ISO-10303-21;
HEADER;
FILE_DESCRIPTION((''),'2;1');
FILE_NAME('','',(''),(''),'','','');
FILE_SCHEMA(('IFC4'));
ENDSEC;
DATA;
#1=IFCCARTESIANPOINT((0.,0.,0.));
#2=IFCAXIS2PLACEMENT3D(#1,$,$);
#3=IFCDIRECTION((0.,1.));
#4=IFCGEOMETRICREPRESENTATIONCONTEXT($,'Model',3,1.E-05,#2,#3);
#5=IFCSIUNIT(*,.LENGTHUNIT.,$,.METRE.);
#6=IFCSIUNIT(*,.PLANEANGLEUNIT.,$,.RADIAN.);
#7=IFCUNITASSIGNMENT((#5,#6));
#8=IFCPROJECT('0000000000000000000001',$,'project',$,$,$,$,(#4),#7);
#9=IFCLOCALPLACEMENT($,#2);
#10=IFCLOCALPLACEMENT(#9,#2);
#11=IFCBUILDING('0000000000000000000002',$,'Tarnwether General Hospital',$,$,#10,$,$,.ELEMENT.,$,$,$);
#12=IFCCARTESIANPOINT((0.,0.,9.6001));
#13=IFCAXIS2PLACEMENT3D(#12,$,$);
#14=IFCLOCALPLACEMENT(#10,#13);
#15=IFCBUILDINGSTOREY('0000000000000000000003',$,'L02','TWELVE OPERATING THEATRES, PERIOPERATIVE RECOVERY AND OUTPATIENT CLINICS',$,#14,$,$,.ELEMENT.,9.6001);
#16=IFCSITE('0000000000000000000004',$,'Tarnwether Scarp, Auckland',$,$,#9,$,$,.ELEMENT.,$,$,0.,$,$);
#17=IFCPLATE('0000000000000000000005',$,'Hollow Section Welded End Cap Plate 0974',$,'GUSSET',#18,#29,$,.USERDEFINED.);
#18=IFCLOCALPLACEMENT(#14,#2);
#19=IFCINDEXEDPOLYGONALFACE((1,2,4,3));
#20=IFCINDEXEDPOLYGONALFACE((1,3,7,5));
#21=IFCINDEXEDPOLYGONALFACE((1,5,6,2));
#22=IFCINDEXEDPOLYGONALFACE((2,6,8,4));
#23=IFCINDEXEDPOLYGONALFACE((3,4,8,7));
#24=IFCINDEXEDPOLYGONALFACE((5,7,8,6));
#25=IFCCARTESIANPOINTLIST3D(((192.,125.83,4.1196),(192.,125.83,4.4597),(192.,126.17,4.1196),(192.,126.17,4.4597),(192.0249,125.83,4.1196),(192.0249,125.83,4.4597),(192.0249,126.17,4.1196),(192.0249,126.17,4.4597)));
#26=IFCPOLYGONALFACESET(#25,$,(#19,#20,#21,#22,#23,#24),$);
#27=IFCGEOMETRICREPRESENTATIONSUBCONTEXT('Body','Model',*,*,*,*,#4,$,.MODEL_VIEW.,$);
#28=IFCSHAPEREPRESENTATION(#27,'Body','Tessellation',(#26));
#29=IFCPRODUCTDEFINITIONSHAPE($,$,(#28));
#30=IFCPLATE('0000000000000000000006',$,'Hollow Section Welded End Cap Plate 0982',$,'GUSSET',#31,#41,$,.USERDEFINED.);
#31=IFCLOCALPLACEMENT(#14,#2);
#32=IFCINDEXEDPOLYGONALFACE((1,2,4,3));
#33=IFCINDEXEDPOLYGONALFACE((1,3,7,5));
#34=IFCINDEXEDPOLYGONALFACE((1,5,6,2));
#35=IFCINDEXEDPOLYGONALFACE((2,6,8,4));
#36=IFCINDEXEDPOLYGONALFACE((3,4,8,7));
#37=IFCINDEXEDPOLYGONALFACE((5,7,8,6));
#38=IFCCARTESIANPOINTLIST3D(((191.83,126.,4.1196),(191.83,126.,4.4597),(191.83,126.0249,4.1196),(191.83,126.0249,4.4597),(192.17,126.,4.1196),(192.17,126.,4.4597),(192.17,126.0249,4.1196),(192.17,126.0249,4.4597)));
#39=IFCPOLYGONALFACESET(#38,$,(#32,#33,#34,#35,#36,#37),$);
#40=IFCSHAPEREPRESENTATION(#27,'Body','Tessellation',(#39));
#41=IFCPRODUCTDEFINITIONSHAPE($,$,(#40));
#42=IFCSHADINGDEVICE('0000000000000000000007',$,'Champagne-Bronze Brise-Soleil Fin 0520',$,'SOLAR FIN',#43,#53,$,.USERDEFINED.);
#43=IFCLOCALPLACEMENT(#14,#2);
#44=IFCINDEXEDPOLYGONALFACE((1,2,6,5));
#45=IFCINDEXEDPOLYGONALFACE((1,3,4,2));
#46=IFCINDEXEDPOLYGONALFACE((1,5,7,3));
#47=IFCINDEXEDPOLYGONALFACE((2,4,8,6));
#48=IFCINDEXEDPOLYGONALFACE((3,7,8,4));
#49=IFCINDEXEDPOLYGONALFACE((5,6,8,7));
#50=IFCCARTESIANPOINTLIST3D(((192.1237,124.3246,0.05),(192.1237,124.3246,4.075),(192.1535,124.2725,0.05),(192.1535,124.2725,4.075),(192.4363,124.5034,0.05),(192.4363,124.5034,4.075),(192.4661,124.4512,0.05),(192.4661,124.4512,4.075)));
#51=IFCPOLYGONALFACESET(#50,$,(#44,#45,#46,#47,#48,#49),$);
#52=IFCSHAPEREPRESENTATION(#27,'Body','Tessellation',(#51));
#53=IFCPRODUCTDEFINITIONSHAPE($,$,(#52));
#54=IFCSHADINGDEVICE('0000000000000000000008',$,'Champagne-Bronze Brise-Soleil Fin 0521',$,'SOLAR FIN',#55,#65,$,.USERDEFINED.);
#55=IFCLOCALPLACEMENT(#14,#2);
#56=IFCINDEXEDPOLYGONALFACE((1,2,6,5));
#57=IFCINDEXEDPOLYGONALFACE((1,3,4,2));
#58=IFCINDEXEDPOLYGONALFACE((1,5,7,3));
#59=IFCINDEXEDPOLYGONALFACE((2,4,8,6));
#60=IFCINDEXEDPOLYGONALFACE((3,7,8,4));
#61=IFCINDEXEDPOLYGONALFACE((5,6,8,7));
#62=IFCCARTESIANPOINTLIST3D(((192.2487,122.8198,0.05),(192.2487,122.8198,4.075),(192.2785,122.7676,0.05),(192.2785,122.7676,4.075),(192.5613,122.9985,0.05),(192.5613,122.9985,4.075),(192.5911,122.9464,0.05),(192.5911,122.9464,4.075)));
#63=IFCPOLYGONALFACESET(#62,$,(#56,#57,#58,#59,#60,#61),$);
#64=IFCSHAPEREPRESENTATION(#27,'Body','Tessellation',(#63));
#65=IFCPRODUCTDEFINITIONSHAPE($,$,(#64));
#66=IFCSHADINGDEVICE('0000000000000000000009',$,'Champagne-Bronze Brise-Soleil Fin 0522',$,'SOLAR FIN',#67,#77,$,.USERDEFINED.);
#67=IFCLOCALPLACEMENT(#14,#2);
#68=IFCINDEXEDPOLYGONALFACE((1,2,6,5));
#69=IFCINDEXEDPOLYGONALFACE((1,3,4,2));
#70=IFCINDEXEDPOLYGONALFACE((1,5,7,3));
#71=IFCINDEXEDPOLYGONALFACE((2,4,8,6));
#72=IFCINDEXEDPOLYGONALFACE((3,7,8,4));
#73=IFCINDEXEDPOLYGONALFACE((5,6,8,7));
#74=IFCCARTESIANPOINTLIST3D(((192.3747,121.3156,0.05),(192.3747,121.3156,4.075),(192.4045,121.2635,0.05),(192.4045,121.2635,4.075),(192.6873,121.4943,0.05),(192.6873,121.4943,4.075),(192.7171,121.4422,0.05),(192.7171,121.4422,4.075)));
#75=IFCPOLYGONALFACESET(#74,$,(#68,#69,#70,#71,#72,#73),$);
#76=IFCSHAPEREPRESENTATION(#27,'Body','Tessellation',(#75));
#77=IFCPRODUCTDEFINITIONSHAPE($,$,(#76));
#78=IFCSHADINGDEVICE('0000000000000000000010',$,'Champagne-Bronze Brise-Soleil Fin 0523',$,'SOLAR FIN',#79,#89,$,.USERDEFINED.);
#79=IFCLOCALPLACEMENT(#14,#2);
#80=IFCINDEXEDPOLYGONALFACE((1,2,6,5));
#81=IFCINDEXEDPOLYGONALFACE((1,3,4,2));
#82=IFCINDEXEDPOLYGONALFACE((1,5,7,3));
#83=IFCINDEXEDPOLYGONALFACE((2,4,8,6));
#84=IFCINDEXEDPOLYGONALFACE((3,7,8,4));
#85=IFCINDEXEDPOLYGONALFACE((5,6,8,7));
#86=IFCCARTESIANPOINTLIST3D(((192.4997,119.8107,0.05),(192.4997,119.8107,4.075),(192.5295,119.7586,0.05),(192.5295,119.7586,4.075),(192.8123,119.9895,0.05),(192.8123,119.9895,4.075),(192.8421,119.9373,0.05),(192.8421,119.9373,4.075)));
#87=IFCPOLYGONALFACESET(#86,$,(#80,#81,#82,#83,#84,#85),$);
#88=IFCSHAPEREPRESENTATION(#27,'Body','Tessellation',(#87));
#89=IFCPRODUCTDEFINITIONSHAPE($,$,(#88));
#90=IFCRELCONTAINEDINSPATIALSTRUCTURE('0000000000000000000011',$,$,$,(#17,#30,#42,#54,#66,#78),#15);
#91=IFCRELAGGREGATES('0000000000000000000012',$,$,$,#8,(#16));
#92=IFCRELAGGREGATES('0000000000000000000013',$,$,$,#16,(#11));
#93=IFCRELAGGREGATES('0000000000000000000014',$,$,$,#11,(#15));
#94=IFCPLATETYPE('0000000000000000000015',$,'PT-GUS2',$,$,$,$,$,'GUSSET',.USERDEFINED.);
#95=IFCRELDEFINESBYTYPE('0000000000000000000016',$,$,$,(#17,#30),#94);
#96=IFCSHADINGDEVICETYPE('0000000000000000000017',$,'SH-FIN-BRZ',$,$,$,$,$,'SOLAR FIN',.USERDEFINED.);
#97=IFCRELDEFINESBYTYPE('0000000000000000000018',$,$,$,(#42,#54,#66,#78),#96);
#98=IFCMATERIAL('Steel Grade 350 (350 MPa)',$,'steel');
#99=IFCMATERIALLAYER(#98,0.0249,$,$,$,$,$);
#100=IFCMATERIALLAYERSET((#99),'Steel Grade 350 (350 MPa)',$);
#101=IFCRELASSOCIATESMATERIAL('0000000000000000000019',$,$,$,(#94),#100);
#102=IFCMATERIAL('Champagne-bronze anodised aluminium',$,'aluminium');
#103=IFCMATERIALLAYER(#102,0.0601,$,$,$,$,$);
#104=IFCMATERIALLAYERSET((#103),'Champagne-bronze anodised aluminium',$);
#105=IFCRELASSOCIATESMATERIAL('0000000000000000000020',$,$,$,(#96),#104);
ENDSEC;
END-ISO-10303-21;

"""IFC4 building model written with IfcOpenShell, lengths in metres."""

from ifc_helpers import new_model, si_unit, direction, frame, origin, origin_2d, place, context, subcontext, project, spatial, rectangle, extrude, material, layer, layer_set, type_object, element, save


model = new_model("IFC4")

# Units and contexts
model_context = context("Model", 3, precision=1e-05, world=origin(), true_north=direction((0.0, 1.0)))
body_context = subcontext(model_context, "Body", "Model", "MODEL_VIEW")
ifc_project = project(units=[si_unit("LENGTHUNIT", "METRE"), si_unit("PLANEANGLEUNIT", "RADIAN")], contexts=[model_context])

# Site, building, storey
site_placement = place(None, origin())
site = spatial("IfcSite", under=ifc_project, at=site_placement, Name="Tarnwether Scarp, Auckland", CompositionType="ELEMENT", RefElevation=0.0)
building_placement = place(site_placement, origin())
building = spatial("IfcBuilding", under=site, at=building_placement, Name="Tarnwether General Hospital", CompositionType="ELEMENT")
storey_placement = place(building_placement, frame((0.0, 0.0, 9.6001)))
storey = spatial("IfcBuildingStorey", under=building, at=storey_placement, Name="L02", Description="TWELVE OPERATING THEATRES, PERIOPERATIVE RECOVERY AND OUTPATIENT CLINICS", CompositionType="ELEMENT", Elevation=9.6001)

# Plates
ifc_material_1 = material(Name="Steel Grade 350 (350 MPa)", Category="steel")
ifc_layer_1 = layer(ifc_material_1, 0.0249)
ifc_layer_set_1 = layer_set([ifc_layer_1], Name="Steel Grade 350 (350 MPa)")
plate_type_1 = type_object("IfcPlateType", Name="PT-GUS2", ElementType="GUSSET", PredefinedType="USERDEFINED", material=ifc_layer_set_1)
for number, where, z_axis, x_axis, name in (
    (1, (192.0125, 126.0, 4.1196), (0.0, 0.0, 1.0), (1.0, 0.0, 0.0), "Hollow Section Welded End Cap Plate 0974"),
    (2, (192.0, 126.0125, 4.1196), (0.0, 0.0, 1.0), (0.0, 1.0, 0.0), "Hollow Section Welded End Cap Plate 0982"),
):
    element("IfcPlate", number, at=place(storey_placement, frame(where, z_axis=z_axis, x_axis=x_axis)), inside=storey, type_object=plate_type_1, Name=name, ObjectType="GUSSET", PredefinedType="USERDEFINED", context=body_context, shape_type="SweptSolid", body=[
        extrude(rectangle(XDim=0.0249, YDim=0.3401, at=origin_2d()), origin(), (0.0, 0.0, 1.0), 0.3401),
    ])

# Shading devices
ifc_material_2 = material(Name="Champagne-bronze anodised aluminium", Category="aluminium")
ifc_layer_2 = layer(ifc_material_2, 0.0601)
ifc_layer_set_2 = layer_set([ifc_layer_2], Name="Champagne-bronze anodised aluminium")
shading_device_type = type_object("IfcShadingDeviceType", Name="SH-FIN-BRZ", ElementType="SOLAR FIN", PredefinedType="USERDEFINED", material=ifc_layer_set_2)
for number, where, z_axis, x_axis, name in (
    (3, (192.2949, 124.3879, 0.05), (0.0, 0.0, 1.0), (0.496368, -0.868112, 0.0), "Champagne-Bronze Brise-Soleil Fin 0520"),
    (4, (192.4199, 122.8831, 0.05), (0.0, 0.0, 1.0), (0.496368, -0.868112, 0.0), "Champagne-Bronze Brise-Soleil Fin 0521"),
    (5, (192.5459, 121.3789, 0.05), (0.0, 0.0, 1.0), (0.496368, -0.868112, 0.0), "Champagne-Bronze Brise-Soleil Fin 0522"),
    (6, (192.6709, 119.874, 0.05), (0.0, 0.0, 1.0), (0.496368, -0.868112, 0.0), "Champagne-Bronze Brise-Soleil Fin 0523"),
):
    element("IfcShadingDevice", number, at=place(storey_placement, frame(where, z_axis=z_axis, x_axis=x_axis)), inside=storey, type_object=shading_device_type, Name=name, ObjectType="SOLAR FIN", PredefinedType="USERDEFINED", context=body_context, shape_type="SweptSolid", body=[
        extrude(rectangle(XDim=0.0601, YDim=0.3601, at=origin_2d()), origin(), (0.0, 0.0, 1.0), 4.0249),
    ])

save(model, "model.ifc")
